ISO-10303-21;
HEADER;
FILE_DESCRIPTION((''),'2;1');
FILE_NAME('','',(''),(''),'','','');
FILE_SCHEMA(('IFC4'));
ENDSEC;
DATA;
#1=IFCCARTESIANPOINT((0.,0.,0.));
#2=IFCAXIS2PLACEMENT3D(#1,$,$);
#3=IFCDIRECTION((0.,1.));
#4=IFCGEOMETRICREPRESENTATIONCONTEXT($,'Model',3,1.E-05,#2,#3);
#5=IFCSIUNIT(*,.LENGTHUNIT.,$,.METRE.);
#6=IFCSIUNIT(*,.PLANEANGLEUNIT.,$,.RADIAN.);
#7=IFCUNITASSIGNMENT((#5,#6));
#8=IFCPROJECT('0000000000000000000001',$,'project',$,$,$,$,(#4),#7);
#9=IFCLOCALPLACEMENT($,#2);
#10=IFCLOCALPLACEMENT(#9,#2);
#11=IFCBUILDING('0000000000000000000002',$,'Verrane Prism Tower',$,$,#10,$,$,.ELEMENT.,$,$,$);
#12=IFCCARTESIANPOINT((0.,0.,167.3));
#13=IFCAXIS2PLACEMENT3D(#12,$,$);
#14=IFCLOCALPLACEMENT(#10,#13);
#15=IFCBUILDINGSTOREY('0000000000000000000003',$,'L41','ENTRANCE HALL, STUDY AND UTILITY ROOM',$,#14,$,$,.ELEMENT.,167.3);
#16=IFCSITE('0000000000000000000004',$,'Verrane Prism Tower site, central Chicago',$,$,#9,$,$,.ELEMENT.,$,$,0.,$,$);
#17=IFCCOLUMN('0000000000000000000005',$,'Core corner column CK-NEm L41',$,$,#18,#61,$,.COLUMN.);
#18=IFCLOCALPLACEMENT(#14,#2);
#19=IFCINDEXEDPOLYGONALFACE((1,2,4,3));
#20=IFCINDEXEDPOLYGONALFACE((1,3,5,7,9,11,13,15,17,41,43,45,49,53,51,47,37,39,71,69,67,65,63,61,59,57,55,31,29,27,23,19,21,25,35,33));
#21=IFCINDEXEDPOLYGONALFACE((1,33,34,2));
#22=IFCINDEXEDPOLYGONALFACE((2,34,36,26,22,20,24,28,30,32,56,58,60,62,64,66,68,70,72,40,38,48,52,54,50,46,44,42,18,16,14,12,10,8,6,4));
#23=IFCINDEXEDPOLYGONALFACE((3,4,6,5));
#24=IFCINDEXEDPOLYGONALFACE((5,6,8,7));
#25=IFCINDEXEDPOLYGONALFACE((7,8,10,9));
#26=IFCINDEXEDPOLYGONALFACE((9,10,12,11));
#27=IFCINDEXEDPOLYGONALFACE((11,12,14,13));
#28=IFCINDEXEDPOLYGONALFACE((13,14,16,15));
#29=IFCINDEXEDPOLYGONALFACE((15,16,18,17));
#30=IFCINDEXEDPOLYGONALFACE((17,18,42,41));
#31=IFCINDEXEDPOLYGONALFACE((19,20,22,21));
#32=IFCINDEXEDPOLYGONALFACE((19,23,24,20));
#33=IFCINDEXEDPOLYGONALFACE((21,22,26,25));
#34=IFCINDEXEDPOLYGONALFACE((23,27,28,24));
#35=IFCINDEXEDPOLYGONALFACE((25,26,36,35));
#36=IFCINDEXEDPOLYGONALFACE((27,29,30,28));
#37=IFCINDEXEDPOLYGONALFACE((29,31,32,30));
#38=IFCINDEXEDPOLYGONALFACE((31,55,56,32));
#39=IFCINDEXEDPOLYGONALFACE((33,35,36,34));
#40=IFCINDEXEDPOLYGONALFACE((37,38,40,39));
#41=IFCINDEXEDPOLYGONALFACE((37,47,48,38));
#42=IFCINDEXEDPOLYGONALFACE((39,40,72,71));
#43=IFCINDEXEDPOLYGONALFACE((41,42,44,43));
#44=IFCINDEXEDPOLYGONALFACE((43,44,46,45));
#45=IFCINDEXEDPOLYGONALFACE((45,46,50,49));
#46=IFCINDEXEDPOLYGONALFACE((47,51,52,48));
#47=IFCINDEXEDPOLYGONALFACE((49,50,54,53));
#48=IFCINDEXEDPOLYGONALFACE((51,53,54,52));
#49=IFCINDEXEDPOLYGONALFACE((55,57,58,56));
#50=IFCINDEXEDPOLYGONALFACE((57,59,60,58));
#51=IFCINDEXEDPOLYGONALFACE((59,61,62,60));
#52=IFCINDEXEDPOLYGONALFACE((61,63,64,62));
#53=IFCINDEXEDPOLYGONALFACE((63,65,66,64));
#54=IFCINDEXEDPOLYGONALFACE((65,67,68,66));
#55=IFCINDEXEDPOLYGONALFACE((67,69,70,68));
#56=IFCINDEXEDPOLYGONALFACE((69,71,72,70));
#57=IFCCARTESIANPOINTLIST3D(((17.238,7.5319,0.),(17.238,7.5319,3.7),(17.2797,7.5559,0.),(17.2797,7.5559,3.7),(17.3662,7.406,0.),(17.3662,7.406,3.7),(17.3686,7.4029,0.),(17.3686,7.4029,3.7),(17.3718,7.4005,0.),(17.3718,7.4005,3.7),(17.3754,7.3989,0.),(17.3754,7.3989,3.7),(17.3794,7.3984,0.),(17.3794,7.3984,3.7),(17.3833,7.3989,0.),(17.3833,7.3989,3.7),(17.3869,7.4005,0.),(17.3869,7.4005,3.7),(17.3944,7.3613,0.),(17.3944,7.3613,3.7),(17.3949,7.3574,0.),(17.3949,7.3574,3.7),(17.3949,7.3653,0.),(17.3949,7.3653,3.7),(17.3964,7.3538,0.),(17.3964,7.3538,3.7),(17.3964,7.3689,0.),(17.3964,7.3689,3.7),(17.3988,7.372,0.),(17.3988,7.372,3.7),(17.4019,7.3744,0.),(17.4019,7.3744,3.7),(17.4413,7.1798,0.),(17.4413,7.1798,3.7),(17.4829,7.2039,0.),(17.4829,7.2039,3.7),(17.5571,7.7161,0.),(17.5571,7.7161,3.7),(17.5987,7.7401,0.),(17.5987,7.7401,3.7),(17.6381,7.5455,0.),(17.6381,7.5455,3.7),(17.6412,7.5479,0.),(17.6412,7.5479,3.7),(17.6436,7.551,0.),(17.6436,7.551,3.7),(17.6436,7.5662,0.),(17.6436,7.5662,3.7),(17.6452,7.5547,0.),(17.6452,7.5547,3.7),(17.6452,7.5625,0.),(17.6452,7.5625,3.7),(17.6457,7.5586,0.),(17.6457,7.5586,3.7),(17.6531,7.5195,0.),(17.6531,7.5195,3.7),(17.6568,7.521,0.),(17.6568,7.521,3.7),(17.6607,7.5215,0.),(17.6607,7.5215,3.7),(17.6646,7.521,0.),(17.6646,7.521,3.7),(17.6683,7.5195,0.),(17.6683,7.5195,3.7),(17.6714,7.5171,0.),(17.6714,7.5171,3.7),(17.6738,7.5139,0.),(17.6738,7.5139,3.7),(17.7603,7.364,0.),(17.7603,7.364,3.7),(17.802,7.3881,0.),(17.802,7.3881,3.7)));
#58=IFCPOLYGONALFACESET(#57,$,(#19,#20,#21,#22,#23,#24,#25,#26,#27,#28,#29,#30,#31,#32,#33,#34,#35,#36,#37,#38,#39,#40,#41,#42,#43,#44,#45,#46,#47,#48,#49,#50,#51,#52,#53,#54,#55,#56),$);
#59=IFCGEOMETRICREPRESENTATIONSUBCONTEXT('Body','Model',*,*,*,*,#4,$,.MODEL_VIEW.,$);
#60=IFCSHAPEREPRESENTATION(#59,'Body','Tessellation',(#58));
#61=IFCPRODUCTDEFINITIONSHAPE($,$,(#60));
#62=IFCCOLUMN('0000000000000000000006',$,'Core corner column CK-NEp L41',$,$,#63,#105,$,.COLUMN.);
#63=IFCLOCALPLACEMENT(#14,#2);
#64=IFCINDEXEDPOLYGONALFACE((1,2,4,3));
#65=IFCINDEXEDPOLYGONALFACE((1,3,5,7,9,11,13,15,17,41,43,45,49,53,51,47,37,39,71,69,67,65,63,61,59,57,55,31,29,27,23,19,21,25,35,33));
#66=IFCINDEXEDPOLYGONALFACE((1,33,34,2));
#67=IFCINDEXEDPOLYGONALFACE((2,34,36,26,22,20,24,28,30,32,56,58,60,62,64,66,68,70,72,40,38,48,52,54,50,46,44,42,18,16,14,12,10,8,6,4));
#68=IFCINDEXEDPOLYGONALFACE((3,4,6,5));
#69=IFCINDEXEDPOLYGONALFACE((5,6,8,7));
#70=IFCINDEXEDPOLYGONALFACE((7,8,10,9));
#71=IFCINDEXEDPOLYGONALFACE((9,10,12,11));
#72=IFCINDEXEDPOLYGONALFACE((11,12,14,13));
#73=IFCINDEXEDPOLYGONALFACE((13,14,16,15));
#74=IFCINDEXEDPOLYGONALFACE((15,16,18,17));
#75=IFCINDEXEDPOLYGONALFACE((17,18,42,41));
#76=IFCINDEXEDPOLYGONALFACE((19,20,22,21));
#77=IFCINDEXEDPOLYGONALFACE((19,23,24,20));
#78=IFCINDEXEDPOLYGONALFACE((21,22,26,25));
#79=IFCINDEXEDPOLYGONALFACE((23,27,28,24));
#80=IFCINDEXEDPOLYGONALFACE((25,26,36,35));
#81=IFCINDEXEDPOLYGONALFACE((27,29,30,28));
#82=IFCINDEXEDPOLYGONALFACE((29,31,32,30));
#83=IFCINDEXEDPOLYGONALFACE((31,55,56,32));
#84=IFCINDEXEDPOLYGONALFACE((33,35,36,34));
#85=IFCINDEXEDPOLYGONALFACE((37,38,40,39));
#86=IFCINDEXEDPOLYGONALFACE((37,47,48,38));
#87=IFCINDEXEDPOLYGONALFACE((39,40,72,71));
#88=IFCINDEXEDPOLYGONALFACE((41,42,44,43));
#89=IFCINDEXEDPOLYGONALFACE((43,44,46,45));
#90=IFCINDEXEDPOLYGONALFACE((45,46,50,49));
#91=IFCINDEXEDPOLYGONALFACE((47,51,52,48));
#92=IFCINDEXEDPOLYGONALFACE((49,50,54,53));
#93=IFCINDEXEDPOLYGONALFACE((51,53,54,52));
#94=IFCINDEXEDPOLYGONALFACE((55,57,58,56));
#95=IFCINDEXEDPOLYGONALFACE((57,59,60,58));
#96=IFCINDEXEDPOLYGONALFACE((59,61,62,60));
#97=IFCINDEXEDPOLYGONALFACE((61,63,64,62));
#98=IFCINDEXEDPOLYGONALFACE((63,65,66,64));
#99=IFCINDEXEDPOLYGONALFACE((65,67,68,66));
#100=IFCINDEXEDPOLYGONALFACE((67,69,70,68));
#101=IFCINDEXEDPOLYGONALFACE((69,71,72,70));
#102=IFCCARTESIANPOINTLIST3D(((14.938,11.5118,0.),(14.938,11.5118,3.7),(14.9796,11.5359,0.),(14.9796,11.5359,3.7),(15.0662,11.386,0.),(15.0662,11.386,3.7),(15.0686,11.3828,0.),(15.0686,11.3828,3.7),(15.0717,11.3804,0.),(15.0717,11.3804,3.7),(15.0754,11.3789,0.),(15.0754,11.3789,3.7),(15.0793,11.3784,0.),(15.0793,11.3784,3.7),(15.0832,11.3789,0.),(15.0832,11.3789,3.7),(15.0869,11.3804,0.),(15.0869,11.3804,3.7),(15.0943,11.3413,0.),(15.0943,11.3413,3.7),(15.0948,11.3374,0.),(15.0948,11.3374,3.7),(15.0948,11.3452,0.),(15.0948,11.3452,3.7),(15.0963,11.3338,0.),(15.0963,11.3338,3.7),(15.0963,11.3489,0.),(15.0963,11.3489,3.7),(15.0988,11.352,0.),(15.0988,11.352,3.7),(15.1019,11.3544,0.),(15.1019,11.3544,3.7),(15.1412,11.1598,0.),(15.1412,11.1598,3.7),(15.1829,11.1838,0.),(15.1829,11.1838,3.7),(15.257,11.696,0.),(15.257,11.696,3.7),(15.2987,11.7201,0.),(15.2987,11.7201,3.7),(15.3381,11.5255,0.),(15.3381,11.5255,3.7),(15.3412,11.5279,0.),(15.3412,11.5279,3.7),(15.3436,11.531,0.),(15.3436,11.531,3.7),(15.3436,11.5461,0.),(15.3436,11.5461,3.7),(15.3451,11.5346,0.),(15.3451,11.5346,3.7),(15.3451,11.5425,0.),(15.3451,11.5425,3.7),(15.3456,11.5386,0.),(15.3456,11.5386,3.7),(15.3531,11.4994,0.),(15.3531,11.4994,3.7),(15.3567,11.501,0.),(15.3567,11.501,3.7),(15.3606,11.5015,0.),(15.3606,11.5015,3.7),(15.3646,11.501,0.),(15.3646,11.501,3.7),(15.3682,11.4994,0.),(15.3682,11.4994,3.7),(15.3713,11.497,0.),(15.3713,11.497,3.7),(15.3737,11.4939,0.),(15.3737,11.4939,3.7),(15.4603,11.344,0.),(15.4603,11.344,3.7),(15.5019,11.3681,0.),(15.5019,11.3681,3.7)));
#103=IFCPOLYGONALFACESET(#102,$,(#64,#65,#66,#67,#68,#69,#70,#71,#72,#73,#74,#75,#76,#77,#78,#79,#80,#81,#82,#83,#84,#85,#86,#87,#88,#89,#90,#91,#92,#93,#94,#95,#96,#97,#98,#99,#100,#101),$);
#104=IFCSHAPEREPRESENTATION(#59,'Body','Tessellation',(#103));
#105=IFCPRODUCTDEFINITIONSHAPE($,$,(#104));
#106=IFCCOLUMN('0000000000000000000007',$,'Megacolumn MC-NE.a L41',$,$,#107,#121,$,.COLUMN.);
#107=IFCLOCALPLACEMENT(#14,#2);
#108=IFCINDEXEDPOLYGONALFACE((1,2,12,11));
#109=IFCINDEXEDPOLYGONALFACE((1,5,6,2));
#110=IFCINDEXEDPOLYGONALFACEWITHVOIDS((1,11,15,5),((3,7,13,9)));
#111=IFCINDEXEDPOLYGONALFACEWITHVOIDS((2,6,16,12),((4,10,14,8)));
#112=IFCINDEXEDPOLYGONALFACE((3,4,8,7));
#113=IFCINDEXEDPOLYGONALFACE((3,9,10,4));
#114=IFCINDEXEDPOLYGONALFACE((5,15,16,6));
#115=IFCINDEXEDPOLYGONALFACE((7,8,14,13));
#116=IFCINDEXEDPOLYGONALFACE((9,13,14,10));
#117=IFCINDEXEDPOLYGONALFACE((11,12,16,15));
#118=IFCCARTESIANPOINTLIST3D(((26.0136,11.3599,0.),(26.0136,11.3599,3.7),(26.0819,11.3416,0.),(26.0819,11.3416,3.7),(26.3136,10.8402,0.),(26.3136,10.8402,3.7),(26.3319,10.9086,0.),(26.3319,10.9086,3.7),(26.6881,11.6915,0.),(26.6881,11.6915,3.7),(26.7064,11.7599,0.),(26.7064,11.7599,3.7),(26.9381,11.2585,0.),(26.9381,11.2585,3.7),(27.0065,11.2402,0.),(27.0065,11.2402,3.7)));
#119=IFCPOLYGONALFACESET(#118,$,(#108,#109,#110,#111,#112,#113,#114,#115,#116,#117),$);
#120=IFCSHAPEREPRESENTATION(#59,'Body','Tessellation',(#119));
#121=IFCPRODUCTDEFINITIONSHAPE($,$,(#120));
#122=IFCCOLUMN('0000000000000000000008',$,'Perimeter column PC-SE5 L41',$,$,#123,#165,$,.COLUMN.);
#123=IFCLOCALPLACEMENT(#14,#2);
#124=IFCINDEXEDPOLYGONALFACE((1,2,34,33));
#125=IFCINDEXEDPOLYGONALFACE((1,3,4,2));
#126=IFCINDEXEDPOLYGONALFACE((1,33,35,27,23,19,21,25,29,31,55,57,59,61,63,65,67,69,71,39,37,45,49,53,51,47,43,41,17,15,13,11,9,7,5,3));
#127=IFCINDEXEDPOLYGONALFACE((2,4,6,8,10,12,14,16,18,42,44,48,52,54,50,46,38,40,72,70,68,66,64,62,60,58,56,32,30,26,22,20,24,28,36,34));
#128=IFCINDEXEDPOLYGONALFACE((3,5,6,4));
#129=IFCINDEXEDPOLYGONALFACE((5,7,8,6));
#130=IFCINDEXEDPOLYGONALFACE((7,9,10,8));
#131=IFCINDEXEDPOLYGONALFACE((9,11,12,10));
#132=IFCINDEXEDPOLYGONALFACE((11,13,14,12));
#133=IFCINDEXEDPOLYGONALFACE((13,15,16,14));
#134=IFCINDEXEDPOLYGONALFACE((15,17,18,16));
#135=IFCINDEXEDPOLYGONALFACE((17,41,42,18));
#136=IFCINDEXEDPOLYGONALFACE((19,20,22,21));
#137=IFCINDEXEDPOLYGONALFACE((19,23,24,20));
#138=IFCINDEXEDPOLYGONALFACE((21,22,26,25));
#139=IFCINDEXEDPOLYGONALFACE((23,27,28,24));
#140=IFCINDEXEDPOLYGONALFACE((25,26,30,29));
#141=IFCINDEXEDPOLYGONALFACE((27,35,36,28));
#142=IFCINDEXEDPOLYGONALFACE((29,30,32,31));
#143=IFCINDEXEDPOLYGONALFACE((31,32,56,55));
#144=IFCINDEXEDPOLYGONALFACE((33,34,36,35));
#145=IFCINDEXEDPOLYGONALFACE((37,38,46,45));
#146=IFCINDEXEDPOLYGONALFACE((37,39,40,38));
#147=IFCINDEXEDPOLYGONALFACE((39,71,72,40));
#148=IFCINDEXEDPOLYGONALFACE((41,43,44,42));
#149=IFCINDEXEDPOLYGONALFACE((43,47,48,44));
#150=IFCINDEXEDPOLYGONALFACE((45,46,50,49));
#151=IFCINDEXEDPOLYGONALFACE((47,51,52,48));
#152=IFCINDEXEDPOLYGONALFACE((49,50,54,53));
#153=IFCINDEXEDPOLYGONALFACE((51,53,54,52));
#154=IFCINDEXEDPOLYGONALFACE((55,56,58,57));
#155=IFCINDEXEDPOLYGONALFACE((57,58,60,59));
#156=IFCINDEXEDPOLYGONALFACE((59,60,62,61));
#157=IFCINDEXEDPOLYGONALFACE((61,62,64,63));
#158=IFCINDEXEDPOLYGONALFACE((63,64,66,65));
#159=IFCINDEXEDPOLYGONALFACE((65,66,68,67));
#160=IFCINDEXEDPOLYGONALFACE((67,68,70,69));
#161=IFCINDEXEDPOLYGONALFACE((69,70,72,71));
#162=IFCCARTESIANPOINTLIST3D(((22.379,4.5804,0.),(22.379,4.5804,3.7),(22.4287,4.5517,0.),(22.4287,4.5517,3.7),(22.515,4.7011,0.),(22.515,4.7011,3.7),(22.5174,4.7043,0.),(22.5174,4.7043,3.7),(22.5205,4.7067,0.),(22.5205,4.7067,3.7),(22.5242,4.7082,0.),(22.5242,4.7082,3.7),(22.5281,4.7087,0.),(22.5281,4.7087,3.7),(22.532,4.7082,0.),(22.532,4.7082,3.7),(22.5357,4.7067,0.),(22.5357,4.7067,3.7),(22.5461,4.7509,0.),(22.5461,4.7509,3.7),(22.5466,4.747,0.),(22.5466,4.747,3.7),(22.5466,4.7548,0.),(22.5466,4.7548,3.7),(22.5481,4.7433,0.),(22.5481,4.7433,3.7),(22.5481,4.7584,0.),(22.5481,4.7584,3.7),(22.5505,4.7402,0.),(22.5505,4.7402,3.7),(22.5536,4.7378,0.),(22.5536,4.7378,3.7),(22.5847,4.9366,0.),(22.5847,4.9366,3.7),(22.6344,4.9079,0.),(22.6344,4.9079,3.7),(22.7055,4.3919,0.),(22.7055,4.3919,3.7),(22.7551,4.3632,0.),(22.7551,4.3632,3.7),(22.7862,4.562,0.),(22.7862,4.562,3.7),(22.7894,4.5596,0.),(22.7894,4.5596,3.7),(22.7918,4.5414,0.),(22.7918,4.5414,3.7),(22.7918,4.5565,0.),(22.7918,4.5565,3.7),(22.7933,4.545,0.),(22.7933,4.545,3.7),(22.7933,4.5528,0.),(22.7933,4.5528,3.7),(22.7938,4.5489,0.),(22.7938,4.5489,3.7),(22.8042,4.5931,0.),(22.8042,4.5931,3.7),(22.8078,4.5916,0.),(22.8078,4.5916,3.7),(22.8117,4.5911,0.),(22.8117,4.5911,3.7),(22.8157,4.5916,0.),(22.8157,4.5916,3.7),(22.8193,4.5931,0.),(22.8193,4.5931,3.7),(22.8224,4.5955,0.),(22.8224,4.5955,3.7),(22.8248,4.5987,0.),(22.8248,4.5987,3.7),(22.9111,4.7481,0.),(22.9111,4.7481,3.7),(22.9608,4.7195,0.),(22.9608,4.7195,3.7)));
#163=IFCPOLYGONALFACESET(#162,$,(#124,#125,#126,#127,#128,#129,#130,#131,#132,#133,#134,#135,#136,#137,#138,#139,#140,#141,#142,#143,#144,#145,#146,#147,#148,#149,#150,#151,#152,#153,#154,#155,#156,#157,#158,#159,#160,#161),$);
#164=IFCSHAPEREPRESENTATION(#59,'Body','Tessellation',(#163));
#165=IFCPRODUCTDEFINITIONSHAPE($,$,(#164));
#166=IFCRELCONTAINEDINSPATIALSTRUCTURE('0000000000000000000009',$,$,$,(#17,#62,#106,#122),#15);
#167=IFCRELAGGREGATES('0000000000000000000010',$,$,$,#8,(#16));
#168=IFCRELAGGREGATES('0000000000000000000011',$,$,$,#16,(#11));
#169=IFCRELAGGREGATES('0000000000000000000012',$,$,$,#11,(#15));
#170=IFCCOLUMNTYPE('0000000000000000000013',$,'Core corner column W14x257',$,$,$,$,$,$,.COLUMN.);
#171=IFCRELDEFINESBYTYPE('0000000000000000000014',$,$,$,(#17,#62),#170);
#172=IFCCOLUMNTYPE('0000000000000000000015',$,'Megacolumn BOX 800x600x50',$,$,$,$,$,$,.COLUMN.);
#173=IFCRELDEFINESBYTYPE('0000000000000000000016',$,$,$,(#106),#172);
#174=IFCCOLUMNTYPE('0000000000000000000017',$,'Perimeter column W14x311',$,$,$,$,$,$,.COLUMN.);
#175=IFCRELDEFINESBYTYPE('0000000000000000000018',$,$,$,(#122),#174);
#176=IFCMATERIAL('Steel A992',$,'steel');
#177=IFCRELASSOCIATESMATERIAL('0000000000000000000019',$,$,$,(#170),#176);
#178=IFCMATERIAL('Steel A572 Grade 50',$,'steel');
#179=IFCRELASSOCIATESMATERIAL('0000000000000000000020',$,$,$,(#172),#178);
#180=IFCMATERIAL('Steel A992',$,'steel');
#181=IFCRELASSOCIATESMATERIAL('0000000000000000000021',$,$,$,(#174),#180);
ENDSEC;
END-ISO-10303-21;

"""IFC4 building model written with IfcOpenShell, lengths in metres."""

from ifc_helpers import new_model, si_unit, direction, frame, origin, origin_2d, place, context, subcontext, project, spatial, hollow_rectangle, i_section, extrude, material, material_profile, profile_set, type_object, element, save


model = new_model("IFC4")

# Units and contexts
model_context = context("Model", 3, precision=1e-05, world=origin(), true_north=direction((0.0, 1.0)))
body_context = subcontext(model_context, "Body", "Model", "MODEL_VIEW")
ifc_project = project(units=[si_unit("LENGTHUNIT", "METRE"), si_unit("PLANEANGLEUNIT", "RADIAN")], contexts=[model_context])

# Site, building, storey
site_placement = place(None, origin())
site = spatial("IfcSite", under=ifc_project, at=site_placement, Name="Verrane Prism Tower site, central Chicago", CompositionType="ELEMENT", RefElevation=0.0)
building_placement = place(site_placement, origin())
building = spatial("IfcBuilding", under=site, at=building_placement, Name="Verrane Prism Tower", CompositionType="ELEMENT")
storey_placement = place(building_placement, frame((0.0, 0.0, 167.3)))
storey = spatial("IfcBuildingStorey", under=building, at=storey_placement, Name="L41", Description="ENTRANCE HALL, STUDY AND UTILITY ROOM", CompositionType="ELEMENT", Elevation=167.3)

# Columns
ifc_material_1 = material(Name="Steel A992", Category="steel")
ifc_material_profile_1 = material_profile(ifc_material_1, i_section(OverallWidth=0.4065, OverallDepth=0.4165, WebThickness=0.03, FlangeThickness=0.0481, FilletRadius=0.0151, at=origin_2d()), Name="W14x257")
ifc_profile_set_1 = profile_set([ifc_material_profile_1], Name="Steel A992")
column_type_1 = type_object("IfcColumnType", Name="Core corner column W14x257", PredefinedType="COLUMN", material=ifc_profile_set_1)
for number, where, z_axis, x_axis, name in (
    (1, (17.52, 7.46, 0.0), (0.0, 0.0, 1.0), (0.5, -0.866025, 0.0), "Core corner column CK-NEm L41"),
    (2, (15.22, 11.4399, 0.0), (0.0, 0.0, 1.0), (0.5, -0.866025, 0.0), "Core corner column CK-NEp L41"),
):
    element("IfcColumn", number, at=place(storey_placement, frame(where, z_axis=z_axis, x_axis=x_axis)), inside=storey, type_object=column_type_1, Name=name, PredefinedType="COLUMN", context=body_context, shape_type="SweptSolid", body=[
        extrude(i_section(OverallWidth=0.4065, OverallDepth=0.4165, WebThickness=0.03, FlangeThickness=0.0481, FilletRadius=0.0151, at=origin_2d()), origin(), (0.0, 0.0, 1.0), 3.7),
    ])
ifc_material_2 = material(Name="Steel A572 Grade 50", Category="steel")
ifc_material_profile_2 = material_profile(ifc_material_2, hollow_rectangle(XDim=0.6001, YDim=0.8, WallThickness=0.05, at=origin_2d()), Name="BOX 800x600x50")
ifc_profile_set_2 = profile_set([ifc_material_profile_2], Name="Steel A572 Grade 50")
column_type_2 = type_object("IfcColumnType", Name="Megacolumn BOX 800x600x50", PredefinedType="COLUMN", material=ifc_profile_set_2)
column_1_placement = place(storey_placement, frame((26.51, 11.3, 0.0), z_axis=(0.0, 0.0, 1.0), x_axis=(0.5, -0.866025, 0.0)))
element("IfcColumn", 3, at=column_1_placement, inside=storey, type_object=column_type_2, Name="Megacolumn MC-NE.a L41", PredefinedType="COLUMN", context=body_context, shape_type="SweptSolid", body=[
    extrude(hollow_rectangle(XDim=0.6001, YDim=0.8, WallThickness=0.05, at=origin_2d()), origin(), (0.0, 0.0, 1.0), 3.7),
])
ifc_material_3 = material(Name="Steel A992", Category="steel")
ifc_material_profile_3 = material_profile(ifc_material_3, i_section(OverallWidth=0.4114, OverallDepth=0.4343, WebThickness=0.0359, FlangeThickness=0.0574, FilletRadius=0.0151, at=origin_2d()), Name="W14x311")
ifc_profile_set_3 = profile_set([ifc_material_profile_3], Name="Steel A992")
column_type_3 = type_object("IfcColumnType", Name="Perimeter column W14x311", PredefinedType="COLUMN", material=ifc_profile_set_3)
column_2_placement = place(storey_placement, frame((22.6699, 4.6499, 0.0), z_axis=(0.0, 0.0, 1.0), x_axis=(-0.5, -0.866025, 0.0)))
element("IfcColumn", 4, at=column_2_placement, inside=storey, type_object=column_type_3, Name="Perimeter column PC-SE5 L41", PredefinedType="COLUMN", context=body_context, shape_type="SweptSolid", body=[
    extrude(i_section(OverallWidth=0.4114, OverallDepth=0.4343, WebThickness=0.0359, FlangeThickness=0.0574, FilletRadius=0.0151, at=origin_2d()), origin(), (0.0, 0.0, 1.0), 3.7),
])

save(model, "model.ifc")
